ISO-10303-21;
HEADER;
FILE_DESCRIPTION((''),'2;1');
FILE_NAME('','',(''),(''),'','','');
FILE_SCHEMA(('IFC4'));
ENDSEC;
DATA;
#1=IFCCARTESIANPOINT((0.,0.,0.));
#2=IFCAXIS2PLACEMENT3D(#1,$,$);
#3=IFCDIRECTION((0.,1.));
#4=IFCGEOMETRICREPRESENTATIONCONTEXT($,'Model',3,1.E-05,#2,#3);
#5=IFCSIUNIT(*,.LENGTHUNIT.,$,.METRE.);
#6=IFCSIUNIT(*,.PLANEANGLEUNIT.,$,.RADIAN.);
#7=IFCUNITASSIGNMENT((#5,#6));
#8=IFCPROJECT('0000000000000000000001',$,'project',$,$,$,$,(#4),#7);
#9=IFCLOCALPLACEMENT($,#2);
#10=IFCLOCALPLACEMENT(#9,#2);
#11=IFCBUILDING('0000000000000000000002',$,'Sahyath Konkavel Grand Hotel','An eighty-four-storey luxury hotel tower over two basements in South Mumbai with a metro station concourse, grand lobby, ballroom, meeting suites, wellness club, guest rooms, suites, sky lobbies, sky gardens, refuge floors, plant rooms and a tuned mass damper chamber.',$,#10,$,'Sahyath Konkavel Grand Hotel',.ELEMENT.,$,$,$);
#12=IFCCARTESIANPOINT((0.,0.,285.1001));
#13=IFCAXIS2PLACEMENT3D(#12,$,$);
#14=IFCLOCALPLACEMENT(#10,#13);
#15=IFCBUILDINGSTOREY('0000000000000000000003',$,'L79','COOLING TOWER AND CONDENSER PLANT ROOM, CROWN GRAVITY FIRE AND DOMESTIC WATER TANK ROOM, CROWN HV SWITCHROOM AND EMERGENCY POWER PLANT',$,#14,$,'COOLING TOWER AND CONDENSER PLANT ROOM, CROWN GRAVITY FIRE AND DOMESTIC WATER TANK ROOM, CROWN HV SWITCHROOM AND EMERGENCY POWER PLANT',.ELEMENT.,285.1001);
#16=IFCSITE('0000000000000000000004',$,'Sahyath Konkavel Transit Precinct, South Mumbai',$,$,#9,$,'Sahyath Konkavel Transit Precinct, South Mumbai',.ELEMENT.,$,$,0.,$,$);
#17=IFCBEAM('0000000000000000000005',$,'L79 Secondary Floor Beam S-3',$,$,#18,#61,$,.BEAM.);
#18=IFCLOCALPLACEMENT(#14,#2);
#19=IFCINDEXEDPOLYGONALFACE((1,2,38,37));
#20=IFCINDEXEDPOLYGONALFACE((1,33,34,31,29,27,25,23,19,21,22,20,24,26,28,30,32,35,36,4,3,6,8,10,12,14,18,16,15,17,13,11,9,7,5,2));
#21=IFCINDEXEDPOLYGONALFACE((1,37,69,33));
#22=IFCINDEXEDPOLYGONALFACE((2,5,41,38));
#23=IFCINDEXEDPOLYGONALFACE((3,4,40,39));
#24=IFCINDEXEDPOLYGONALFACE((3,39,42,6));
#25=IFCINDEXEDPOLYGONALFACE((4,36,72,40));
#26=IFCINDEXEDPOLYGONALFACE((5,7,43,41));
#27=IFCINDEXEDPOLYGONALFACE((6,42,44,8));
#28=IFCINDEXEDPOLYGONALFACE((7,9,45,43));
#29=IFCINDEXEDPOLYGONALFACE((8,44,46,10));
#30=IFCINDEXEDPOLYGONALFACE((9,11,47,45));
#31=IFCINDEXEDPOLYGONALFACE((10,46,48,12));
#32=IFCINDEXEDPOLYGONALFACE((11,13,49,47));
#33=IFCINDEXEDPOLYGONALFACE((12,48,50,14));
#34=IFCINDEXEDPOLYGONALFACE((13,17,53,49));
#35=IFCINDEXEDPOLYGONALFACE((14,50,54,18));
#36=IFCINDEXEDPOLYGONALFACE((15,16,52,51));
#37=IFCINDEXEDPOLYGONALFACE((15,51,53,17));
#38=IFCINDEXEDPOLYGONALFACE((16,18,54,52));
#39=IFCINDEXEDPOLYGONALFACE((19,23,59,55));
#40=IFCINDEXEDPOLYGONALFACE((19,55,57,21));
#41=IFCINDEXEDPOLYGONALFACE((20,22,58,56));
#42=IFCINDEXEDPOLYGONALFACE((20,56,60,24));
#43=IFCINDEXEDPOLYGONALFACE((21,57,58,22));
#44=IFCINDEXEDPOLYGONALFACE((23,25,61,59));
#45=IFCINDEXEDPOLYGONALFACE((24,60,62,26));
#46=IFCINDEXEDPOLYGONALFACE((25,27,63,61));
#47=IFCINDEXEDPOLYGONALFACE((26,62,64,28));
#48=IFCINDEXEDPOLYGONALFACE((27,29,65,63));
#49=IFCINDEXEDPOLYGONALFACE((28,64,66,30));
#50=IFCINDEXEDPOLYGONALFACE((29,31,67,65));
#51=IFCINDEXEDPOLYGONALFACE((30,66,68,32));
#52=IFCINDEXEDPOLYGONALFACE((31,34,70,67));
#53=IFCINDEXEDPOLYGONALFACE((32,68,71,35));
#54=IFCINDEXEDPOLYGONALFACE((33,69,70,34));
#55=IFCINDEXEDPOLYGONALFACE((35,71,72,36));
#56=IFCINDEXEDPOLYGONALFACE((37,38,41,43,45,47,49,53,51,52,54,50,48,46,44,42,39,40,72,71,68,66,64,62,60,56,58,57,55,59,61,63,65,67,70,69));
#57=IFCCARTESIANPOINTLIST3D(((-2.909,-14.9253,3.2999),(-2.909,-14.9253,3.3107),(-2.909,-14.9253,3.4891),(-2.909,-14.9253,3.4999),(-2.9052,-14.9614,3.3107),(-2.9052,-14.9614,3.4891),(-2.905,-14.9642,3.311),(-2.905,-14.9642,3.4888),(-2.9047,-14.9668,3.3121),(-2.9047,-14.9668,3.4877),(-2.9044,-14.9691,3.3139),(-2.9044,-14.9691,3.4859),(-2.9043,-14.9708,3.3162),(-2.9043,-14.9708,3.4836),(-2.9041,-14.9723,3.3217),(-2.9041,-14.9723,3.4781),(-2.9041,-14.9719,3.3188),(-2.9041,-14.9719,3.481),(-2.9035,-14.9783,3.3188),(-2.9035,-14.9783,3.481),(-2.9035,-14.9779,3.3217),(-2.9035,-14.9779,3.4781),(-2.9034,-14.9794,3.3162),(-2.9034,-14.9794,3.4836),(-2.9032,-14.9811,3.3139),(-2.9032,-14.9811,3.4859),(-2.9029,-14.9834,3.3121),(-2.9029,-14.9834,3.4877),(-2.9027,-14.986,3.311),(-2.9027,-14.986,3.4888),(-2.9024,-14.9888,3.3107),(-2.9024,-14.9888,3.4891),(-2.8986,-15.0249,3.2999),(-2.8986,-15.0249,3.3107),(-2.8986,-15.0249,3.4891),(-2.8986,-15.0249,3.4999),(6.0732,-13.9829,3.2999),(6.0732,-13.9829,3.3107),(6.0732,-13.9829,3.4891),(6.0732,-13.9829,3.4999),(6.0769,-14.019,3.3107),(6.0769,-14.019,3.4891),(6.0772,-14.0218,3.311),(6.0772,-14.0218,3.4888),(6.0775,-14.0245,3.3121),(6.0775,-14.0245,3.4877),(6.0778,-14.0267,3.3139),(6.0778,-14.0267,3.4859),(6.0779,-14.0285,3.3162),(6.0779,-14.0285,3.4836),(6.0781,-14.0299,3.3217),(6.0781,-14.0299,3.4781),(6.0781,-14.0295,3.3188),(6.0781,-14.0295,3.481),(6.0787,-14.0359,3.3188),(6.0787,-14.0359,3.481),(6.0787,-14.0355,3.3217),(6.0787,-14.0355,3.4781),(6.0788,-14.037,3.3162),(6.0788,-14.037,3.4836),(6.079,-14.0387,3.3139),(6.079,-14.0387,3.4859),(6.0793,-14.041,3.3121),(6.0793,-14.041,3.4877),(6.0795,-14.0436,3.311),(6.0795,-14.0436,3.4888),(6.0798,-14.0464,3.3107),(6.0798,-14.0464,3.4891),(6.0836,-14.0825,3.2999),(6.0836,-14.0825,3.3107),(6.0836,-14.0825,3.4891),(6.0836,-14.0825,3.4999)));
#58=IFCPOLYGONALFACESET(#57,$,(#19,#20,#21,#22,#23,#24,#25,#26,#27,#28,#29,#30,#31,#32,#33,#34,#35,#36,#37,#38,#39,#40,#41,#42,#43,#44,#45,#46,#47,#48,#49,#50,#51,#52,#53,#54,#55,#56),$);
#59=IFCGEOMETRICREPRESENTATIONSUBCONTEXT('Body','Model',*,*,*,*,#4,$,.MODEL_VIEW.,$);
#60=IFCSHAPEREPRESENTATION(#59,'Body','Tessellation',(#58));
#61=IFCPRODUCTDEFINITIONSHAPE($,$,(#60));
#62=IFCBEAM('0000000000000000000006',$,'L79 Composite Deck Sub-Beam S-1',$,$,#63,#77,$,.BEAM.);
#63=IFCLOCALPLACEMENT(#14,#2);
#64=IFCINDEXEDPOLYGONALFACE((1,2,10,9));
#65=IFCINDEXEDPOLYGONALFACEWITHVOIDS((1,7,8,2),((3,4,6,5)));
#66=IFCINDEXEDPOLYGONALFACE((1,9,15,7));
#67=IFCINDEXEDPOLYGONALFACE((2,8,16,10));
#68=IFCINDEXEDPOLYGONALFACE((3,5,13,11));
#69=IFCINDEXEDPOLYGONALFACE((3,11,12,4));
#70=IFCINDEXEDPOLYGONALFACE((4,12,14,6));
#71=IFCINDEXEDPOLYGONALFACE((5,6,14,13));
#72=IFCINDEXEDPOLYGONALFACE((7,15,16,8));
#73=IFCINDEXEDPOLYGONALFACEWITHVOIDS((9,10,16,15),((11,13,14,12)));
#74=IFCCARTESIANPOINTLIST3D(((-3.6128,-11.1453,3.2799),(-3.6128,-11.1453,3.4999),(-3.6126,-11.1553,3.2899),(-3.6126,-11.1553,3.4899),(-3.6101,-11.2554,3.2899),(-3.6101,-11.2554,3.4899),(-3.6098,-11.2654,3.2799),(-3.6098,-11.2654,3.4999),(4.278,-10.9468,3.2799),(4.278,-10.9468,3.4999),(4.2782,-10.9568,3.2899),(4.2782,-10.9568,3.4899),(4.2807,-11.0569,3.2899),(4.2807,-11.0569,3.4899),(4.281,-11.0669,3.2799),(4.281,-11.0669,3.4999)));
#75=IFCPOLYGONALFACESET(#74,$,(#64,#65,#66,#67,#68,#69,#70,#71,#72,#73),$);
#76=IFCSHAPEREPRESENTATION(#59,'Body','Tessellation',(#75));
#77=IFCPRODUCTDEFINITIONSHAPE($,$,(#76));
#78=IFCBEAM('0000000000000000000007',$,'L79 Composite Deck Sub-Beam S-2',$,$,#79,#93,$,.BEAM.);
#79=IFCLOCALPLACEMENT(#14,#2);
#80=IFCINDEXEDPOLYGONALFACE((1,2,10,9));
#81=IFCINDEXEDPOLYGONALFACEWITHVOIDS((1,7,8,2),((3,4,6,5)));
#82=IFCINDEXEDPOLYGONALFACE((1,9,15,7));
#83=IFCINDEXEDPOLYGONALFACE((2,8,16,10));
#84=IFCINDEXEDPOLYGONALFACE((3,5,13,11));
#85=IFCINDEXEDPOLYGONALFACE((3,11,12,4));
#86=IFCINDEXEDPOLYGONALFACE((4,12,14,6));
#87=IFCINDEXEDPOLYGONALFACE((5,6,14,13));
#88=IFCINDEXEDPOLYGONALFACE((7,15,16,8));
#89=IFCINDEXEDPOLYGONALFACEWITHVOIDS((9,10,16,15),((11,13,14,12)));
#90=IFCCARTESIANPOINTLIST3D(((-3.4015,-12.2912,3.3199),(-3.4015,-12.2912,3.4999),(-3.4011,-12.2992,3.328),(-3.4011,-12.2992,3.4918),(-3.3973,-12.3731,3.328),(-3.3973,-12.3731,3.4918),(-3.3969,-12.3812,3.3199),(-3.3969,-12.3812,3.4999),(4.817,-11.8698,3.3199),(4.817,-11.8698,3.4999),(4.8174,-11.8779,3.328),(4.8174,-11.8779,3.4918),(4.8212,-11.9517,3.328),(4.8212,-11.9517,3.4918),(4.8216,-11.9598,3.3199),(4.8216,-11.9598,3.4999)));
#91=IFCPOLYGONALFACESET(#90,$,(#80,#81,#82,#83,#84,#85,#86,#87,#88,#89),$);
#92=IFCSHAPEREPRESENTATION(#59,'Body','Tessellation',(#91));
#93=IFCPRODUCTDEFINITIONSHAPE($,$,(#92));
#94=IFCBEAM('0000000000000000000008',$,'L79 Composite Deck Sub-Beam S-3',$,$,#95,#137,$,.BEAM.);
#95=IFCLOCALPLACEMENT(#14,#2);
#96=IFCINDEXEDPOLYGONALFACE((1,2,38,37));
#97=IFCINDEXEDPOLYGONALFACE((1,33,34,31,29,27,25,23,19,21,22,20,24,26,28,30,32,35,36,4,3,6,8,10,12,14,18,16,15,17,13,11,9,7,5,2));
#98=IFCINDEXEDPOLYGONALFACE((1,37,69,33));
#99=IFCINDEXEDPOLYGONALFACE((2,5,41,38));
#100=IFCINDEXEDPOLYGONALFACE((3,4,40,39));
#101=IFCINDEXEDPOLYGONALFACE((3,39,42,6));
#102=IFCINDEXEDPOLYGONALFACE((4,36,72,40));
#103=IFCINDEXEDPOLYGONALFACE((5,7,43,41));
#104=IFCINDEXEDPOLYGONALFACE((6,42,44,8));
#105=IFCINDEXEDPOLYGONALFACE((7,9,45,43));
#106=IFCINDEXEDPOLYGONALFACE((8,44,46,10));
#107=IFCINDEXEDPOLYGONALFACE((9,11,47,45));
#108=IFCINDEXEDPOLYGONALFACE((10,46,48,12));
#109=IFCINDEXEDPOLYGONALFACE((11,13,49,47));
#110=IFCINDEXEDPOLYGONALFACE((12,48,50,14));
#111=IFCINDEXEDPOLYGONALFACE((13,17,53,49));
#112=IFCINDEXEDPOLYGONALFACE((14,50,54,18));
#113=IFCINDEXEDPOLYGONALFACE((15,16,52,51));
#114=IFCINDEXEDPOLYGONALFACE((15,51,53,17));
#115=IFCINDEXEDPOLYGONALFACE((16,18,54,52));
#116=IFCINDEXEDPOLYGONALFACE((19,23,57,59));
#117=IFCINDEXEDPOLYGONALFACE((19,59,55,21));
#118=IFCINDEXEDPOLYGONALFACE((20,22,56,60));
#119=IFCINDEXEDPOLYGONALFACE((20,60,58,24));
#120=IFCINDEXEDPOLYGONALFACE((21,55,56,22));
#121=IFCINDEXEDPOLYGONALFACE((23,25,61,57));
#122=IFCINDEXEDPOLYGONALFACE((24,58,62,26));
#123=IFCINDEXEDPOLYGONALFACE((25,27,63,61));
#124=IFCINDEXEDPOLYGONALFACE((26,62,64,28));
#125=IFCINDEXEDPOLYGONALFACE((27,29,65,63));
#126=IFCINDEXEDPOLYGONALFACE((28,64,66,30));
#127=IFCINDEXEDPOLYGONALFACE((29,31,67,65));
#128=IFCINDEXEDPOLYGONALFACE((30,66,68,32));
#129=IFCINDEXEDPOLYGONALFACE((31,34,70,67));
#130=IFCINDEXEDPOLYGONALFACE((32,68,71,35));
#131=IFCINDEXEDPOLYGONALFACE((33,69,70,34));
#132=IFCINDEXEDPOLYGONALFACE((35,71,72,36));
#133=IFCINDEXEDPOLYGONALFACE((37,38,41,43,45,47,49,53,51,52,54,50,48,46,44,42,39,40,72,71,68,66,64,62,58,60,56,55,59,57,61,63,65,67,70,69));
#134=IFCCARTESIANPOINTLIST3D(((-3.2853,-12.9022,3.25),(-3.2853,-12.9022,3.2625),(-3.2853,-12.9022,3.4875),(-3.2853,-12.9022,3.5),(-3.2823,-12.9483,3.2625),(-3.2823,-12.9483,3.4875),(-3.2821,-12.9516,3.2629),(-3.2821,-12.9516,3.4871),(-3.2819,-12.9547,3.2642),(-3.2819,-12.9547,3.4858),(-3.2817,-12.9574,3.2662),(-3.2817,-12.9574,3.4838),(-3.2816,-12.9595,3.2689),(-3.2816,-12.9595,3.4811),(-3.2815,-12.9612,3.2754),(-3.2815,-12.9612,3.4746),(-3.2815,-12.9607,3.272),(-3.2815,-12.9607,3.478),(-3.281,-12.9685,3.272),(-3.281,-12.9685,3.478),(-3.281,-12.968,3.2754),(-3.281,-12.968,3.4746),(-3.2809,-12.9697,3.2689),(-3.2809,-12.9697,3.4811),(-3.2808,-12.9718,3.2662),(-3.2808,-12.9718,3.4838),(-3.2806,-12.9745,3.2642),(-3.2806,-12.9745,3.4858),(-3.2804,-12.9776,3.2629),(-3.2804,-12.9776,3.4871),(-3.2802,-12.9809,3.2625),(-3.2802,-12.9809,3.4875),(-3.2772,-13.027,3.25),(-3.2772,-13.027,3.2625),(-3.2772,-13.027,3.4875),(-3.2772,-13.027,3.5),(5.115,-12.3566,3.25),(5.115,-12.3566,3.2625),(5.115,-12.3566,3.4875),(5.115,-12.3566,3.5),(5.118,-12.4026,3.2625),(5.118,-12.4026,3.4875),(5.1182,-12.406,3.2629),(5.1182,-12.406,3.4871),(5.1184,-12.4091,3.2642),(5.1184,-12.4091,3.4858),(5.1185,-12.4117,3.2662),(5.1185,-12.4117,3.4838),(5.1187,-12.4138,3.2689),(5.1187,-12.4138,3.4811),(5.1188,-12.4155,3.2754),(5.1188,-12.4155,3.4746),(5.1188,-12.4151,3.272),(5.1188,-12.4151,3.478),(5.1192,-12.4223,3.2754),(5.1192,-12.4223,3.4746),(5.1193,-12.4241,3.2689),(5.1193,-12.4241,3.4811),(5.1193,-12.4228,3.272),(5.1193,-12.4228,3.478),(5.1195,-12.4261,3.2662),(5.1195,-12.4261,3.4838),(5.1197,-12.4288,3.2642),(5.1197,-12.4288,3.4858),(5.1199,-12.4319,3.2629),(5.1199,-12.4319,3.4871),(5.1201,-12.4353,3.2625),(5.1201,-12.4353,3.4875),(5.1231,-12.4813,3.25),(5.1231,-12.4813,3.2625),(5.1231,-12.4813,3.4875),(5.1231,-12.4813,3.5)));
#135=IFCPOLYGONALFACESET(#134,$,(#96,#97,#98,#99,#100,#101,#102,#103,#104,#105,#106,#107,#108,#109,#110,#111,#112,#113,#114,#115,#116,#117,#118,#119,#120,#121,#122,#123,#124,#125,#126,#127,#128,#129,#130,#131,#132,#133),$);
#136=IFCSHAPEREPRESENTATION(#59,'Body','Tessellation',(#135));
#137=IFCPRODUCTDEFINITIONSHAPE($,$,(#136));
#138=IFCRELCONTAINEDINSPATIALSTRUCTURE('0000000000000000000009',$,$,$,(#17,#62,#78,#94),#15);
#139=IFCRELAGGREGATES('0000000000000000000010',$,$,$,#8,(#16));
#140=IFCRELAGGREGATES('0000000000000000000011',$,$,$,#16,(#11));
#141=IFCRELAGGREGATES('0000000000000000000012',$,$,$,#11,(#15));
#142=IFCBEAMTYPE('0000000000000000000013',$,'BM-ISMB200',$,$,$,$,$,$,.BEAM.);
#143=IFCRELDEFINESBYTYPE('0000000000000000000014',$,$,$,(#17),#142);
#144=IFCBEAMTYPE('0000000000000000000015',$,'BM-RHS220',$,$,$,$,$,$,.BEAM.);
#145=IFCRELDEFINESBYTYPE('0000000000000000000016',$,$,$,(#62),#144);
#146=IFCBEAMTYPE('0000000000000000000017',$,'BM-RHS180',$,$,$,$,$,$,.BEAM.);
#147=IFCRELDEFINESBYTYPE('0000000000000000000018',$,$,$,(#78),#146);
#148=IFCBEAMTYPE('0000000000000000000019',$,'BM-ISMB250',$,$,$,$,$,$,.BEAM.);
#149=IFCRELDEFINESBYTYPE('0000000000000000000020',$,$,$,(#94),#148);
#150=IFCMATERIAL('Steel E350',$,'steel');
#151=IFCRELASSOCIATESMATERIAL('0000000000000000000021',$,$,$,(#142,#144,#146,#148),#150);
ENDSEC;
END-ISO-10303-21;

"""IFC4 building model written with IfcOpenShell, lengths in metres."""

from ifc_helpers import new_model, si_unit, direction, frame, origin, origin_2d, place, context, subcontext, project, spatial, hollow_rectangle, i_section, extrude, source, transform, mapped, material, material_profile, profile_set, type_object, element, save


model = new_model("IFC4")

# Units and contexts
model_context = context("Model", 3, precision=1e-05, world=origin(), true_north=direction((0.0, 1.0)))
body_context = subcontext(model_context, "Body", "Model", "MODEL_VIEW")
ifc_project = project(units=[si_unit("LENGTHUNIT", "METRE"), si_unit("PLANEANGLEUNIT", "RADIAN")], contexts=[model_context])

# Site, building, storey
site_placement = place(None, origin())
site = spatial("IfcSite", under=ifc_project, at=site_placement, Name="Sahyath Konkavel Transit Precinct, South Mumbai", LongName="Sahyath Konkavel Transit Precinct, South Mumbai", CompositionType="ELEMENT", RefElevation=0.0)
building_placement = place(site_placement, origin())
building = spatial("IfcBuilding", under=site, at=building_placement, Name="Sahyath Konkavel Grand Hotel", Description="An eighty-four-storey luxury hotel tower over two basements in South Mumbai with a metro station concourse, grand lobby, ballroom, meeting suites, wellness club, guest rooms, suites, sky lobbies, sky gardens, refuge floors, plant rooms and a tuned mass damper chamber.", LongName="Sahyath Konkavel Grand Hotel", CompositionType="ELEMENT")
storey_placement = place(building_placement, frame((0.0, 0.0, 285.1001)))
storey = spatial("IfcBuildingStorey", under=building, at=storey_placement, Name="L79", Description="COOLING TOWER AND CONDENSER PLANT ROOM, CROWN GRAVITY FIRE AND DOMESTIC WATER TANK ROOM, CROWN HV SWITCHROOM AND EMERGENCY POWER PLANT", LongName="COOLING TOWER AND CONDENSER PLANT ROOM, CROWN GRAVITY FIRE AND DOMESTIC WATER TANK ROOM, CROWN HV SWITCHROOM AND EMERGENCY POWER PLANT", CompositionType="ELEMENT", Elevation=285.1001)

# Beams
ifc_material_1 = material(Name="Steel E350", Category="steel")
ifc_material_profile_1 = material_profile(ifc_material_1, i_section(OverallWidth=0.1001, OverallDepth=0.2, WebThickness=0.0056, FlangeThickness=0.0107, FilletRadius=0.011, at=origin_2d()), Name="ISMB 200")
ifc_profile_set_1 = profile_set([ifc_material_profile_1], Name="Steel E350")
beam_type_1 = type_object("IfcBeamType", Name="BM-ISMB200", PredefinedType="BEAM", material=ifc_profile_set_1)
shared_shape_1 = source(origin(), body_context, "Body", "SweptSolid", [
    extrude(i_section(OverallWidth=0.1001, OverallDepth=0.2, WebThickness=0.0056, FlangeThickness=0.0107, FilletRadius=0.011, at=origin_2d()), origin(), (0.0, 0.0, 1.0), 9.0315),
])
beam_1_placement = place(storey_placement, frame((-2.9038, -14.9751, 3.3999), z_axis=(0.994541, 0.104344, 0.0), x_axis=(-0.104344, 0.994541, 0.0)))
element("IfcBeam", 1, at=beam_1_placement, inside=storey, type_object=beam_type_1, Name="L79 Secondary Floor Beam S-3", PredefinedType="BEAM", context=body_context, shape_type="MappedRepresentation", body=[
    mapped(shared_shape_1, transform((0.0, 0.0, 0.0), scale=1.0)),
])
ifc_material_profile_2 = material_profile(ifc_material_1, hollow_rectangle(XDim=0.1201, YDim=0.22, WallThickness=0.01, at=origin_2d()), Name="RHS 220x120x10")
ifc_profile_set_2 = profile_set([ifc_material_profile_2], Name="Steel E350")
beam_type_2 = type_object("IfcBeamType", Name="BM-RHS220", PredefinedType="BEAM", material=ifc_profile_set_2)
shared_shape_2 = source(origin(), body_context, "Body", "SweptSolid", [
    extrude(hollow_rectangle(XDim=0.1201, YDim=0.22, WallThickness=0.01, at=origin_2d()), origin(), (0.0, 0.0, 1.0), 7.8933),
])
beam_2_placement = place(storey_placement, frame((-3.6113, -11.2053, 3.3899), z_axis=(0.999684, 0.025146, 0.0), x_axis=(-0.025146, 0.999684, 0.0)))
element("IfcBeam", 2, at=beam_2_placement, inside=storey, type_object=beam_type_2, Name="L79 Composite Deck Sub-Beam S-1", PredefinedType="BEAM", context=body_context, shape_type="MappedRepresentation", body=[
    mapped(shared_shape_2, transform((0.0, 0.0, 0.0), scale=1.0)),
])
ifc_material_profile_3 = material_profile(ifc_material_1, hollow_rectangle(XDim=0.0901, YDim=0.1799, WallThickness=0.0081, at=origin_2d()), Name="RHS 180x90x8")
ifc_profile_set_3 = profile_set([ifc_material_profile_3], Name="Steel E350")
beam_type_3 = type_object("IfcBeamType", Name="BM-RHS180", PredefinedType="BEAM", material=ifc_profile_set_3)
shared_shape_3 = source(origin(), body_context, "Body", "SweptSolid", [
    extrude(hollow_rectangle(XDim=0.0901, YDim=0.1799, WallThickness=0.0081, at=origin_2d()), origin(), (0.0, 0.0, 1.0), 8.2292),
])
beam_3_placement = place(storey_placement, frame((-3.3992, -12.3362, 3.4099), z_axis=(0.998688, 0.051206, 0.0), x_axis=(-0.051206, 0.998688, 0.0)))
element("IfcBeam", 3, at=beam_3_placement, inside=storey, type_object=beam_type_3, Name="L79 Composite Deck Sub-Beam S-2", PredefinedType="BEAM", context=body_context, shape_type="MappedRepresentation", body=[
    mapped(shared_shape_3, transform((0.0, 0.0, 0.0), scale=1.0)),
])
ifc_material_profile_4 = material_profile(ifc_material_1, i_section(OverallWidth=0.125, OverallDepth=0.25, WebThickness=0.0068, FlangeThickness=0.0125, FilletRadius=0.0129, at=origin_2d()), Name="ISMB 250")
ifc_profile_set_4 = profile_set([ifc_material_profile_4], Name="Steel E350")
beam_type_4 = type_object("IfcBeamType", Name="BM-ISMB250", PredefinedType="BEAM", material=ifc_profile_set_4)
shared_shape_4 = source(origin(), body_context, "Body", "SweptSolid", [
    extrude(i_section(OverallWidth=0.125, OverallDepth=0.25, WebThickness=0.0068, FlangeThickness=0.0125, FilletRadius=0.0129, at=origin_2d()), origin(), (0.0, 0.0, 1.0), 8.418),
])
beam_4_placement = place(storey_placement, frame((-3.2812, -12.9646, 3.375), z_axis=(0.997897, 0.064821, 0.0), x_axis=(-0.064821, 0.997897, 0.0)))
element("IfcBeam", 4, at=beam_4_placement, inside=storey, type_object=beam_type_4, Name="L79 Composite Deck Sub-Beam S-3", PredefinedType="BEAM", context=body_context, shape_type="MappedRepresentation", body=[
    mapped(shared_shape_4, transform((0.0, 0.0, 0.0), scale=1.0)),
])

save(model, "model.ifc")
